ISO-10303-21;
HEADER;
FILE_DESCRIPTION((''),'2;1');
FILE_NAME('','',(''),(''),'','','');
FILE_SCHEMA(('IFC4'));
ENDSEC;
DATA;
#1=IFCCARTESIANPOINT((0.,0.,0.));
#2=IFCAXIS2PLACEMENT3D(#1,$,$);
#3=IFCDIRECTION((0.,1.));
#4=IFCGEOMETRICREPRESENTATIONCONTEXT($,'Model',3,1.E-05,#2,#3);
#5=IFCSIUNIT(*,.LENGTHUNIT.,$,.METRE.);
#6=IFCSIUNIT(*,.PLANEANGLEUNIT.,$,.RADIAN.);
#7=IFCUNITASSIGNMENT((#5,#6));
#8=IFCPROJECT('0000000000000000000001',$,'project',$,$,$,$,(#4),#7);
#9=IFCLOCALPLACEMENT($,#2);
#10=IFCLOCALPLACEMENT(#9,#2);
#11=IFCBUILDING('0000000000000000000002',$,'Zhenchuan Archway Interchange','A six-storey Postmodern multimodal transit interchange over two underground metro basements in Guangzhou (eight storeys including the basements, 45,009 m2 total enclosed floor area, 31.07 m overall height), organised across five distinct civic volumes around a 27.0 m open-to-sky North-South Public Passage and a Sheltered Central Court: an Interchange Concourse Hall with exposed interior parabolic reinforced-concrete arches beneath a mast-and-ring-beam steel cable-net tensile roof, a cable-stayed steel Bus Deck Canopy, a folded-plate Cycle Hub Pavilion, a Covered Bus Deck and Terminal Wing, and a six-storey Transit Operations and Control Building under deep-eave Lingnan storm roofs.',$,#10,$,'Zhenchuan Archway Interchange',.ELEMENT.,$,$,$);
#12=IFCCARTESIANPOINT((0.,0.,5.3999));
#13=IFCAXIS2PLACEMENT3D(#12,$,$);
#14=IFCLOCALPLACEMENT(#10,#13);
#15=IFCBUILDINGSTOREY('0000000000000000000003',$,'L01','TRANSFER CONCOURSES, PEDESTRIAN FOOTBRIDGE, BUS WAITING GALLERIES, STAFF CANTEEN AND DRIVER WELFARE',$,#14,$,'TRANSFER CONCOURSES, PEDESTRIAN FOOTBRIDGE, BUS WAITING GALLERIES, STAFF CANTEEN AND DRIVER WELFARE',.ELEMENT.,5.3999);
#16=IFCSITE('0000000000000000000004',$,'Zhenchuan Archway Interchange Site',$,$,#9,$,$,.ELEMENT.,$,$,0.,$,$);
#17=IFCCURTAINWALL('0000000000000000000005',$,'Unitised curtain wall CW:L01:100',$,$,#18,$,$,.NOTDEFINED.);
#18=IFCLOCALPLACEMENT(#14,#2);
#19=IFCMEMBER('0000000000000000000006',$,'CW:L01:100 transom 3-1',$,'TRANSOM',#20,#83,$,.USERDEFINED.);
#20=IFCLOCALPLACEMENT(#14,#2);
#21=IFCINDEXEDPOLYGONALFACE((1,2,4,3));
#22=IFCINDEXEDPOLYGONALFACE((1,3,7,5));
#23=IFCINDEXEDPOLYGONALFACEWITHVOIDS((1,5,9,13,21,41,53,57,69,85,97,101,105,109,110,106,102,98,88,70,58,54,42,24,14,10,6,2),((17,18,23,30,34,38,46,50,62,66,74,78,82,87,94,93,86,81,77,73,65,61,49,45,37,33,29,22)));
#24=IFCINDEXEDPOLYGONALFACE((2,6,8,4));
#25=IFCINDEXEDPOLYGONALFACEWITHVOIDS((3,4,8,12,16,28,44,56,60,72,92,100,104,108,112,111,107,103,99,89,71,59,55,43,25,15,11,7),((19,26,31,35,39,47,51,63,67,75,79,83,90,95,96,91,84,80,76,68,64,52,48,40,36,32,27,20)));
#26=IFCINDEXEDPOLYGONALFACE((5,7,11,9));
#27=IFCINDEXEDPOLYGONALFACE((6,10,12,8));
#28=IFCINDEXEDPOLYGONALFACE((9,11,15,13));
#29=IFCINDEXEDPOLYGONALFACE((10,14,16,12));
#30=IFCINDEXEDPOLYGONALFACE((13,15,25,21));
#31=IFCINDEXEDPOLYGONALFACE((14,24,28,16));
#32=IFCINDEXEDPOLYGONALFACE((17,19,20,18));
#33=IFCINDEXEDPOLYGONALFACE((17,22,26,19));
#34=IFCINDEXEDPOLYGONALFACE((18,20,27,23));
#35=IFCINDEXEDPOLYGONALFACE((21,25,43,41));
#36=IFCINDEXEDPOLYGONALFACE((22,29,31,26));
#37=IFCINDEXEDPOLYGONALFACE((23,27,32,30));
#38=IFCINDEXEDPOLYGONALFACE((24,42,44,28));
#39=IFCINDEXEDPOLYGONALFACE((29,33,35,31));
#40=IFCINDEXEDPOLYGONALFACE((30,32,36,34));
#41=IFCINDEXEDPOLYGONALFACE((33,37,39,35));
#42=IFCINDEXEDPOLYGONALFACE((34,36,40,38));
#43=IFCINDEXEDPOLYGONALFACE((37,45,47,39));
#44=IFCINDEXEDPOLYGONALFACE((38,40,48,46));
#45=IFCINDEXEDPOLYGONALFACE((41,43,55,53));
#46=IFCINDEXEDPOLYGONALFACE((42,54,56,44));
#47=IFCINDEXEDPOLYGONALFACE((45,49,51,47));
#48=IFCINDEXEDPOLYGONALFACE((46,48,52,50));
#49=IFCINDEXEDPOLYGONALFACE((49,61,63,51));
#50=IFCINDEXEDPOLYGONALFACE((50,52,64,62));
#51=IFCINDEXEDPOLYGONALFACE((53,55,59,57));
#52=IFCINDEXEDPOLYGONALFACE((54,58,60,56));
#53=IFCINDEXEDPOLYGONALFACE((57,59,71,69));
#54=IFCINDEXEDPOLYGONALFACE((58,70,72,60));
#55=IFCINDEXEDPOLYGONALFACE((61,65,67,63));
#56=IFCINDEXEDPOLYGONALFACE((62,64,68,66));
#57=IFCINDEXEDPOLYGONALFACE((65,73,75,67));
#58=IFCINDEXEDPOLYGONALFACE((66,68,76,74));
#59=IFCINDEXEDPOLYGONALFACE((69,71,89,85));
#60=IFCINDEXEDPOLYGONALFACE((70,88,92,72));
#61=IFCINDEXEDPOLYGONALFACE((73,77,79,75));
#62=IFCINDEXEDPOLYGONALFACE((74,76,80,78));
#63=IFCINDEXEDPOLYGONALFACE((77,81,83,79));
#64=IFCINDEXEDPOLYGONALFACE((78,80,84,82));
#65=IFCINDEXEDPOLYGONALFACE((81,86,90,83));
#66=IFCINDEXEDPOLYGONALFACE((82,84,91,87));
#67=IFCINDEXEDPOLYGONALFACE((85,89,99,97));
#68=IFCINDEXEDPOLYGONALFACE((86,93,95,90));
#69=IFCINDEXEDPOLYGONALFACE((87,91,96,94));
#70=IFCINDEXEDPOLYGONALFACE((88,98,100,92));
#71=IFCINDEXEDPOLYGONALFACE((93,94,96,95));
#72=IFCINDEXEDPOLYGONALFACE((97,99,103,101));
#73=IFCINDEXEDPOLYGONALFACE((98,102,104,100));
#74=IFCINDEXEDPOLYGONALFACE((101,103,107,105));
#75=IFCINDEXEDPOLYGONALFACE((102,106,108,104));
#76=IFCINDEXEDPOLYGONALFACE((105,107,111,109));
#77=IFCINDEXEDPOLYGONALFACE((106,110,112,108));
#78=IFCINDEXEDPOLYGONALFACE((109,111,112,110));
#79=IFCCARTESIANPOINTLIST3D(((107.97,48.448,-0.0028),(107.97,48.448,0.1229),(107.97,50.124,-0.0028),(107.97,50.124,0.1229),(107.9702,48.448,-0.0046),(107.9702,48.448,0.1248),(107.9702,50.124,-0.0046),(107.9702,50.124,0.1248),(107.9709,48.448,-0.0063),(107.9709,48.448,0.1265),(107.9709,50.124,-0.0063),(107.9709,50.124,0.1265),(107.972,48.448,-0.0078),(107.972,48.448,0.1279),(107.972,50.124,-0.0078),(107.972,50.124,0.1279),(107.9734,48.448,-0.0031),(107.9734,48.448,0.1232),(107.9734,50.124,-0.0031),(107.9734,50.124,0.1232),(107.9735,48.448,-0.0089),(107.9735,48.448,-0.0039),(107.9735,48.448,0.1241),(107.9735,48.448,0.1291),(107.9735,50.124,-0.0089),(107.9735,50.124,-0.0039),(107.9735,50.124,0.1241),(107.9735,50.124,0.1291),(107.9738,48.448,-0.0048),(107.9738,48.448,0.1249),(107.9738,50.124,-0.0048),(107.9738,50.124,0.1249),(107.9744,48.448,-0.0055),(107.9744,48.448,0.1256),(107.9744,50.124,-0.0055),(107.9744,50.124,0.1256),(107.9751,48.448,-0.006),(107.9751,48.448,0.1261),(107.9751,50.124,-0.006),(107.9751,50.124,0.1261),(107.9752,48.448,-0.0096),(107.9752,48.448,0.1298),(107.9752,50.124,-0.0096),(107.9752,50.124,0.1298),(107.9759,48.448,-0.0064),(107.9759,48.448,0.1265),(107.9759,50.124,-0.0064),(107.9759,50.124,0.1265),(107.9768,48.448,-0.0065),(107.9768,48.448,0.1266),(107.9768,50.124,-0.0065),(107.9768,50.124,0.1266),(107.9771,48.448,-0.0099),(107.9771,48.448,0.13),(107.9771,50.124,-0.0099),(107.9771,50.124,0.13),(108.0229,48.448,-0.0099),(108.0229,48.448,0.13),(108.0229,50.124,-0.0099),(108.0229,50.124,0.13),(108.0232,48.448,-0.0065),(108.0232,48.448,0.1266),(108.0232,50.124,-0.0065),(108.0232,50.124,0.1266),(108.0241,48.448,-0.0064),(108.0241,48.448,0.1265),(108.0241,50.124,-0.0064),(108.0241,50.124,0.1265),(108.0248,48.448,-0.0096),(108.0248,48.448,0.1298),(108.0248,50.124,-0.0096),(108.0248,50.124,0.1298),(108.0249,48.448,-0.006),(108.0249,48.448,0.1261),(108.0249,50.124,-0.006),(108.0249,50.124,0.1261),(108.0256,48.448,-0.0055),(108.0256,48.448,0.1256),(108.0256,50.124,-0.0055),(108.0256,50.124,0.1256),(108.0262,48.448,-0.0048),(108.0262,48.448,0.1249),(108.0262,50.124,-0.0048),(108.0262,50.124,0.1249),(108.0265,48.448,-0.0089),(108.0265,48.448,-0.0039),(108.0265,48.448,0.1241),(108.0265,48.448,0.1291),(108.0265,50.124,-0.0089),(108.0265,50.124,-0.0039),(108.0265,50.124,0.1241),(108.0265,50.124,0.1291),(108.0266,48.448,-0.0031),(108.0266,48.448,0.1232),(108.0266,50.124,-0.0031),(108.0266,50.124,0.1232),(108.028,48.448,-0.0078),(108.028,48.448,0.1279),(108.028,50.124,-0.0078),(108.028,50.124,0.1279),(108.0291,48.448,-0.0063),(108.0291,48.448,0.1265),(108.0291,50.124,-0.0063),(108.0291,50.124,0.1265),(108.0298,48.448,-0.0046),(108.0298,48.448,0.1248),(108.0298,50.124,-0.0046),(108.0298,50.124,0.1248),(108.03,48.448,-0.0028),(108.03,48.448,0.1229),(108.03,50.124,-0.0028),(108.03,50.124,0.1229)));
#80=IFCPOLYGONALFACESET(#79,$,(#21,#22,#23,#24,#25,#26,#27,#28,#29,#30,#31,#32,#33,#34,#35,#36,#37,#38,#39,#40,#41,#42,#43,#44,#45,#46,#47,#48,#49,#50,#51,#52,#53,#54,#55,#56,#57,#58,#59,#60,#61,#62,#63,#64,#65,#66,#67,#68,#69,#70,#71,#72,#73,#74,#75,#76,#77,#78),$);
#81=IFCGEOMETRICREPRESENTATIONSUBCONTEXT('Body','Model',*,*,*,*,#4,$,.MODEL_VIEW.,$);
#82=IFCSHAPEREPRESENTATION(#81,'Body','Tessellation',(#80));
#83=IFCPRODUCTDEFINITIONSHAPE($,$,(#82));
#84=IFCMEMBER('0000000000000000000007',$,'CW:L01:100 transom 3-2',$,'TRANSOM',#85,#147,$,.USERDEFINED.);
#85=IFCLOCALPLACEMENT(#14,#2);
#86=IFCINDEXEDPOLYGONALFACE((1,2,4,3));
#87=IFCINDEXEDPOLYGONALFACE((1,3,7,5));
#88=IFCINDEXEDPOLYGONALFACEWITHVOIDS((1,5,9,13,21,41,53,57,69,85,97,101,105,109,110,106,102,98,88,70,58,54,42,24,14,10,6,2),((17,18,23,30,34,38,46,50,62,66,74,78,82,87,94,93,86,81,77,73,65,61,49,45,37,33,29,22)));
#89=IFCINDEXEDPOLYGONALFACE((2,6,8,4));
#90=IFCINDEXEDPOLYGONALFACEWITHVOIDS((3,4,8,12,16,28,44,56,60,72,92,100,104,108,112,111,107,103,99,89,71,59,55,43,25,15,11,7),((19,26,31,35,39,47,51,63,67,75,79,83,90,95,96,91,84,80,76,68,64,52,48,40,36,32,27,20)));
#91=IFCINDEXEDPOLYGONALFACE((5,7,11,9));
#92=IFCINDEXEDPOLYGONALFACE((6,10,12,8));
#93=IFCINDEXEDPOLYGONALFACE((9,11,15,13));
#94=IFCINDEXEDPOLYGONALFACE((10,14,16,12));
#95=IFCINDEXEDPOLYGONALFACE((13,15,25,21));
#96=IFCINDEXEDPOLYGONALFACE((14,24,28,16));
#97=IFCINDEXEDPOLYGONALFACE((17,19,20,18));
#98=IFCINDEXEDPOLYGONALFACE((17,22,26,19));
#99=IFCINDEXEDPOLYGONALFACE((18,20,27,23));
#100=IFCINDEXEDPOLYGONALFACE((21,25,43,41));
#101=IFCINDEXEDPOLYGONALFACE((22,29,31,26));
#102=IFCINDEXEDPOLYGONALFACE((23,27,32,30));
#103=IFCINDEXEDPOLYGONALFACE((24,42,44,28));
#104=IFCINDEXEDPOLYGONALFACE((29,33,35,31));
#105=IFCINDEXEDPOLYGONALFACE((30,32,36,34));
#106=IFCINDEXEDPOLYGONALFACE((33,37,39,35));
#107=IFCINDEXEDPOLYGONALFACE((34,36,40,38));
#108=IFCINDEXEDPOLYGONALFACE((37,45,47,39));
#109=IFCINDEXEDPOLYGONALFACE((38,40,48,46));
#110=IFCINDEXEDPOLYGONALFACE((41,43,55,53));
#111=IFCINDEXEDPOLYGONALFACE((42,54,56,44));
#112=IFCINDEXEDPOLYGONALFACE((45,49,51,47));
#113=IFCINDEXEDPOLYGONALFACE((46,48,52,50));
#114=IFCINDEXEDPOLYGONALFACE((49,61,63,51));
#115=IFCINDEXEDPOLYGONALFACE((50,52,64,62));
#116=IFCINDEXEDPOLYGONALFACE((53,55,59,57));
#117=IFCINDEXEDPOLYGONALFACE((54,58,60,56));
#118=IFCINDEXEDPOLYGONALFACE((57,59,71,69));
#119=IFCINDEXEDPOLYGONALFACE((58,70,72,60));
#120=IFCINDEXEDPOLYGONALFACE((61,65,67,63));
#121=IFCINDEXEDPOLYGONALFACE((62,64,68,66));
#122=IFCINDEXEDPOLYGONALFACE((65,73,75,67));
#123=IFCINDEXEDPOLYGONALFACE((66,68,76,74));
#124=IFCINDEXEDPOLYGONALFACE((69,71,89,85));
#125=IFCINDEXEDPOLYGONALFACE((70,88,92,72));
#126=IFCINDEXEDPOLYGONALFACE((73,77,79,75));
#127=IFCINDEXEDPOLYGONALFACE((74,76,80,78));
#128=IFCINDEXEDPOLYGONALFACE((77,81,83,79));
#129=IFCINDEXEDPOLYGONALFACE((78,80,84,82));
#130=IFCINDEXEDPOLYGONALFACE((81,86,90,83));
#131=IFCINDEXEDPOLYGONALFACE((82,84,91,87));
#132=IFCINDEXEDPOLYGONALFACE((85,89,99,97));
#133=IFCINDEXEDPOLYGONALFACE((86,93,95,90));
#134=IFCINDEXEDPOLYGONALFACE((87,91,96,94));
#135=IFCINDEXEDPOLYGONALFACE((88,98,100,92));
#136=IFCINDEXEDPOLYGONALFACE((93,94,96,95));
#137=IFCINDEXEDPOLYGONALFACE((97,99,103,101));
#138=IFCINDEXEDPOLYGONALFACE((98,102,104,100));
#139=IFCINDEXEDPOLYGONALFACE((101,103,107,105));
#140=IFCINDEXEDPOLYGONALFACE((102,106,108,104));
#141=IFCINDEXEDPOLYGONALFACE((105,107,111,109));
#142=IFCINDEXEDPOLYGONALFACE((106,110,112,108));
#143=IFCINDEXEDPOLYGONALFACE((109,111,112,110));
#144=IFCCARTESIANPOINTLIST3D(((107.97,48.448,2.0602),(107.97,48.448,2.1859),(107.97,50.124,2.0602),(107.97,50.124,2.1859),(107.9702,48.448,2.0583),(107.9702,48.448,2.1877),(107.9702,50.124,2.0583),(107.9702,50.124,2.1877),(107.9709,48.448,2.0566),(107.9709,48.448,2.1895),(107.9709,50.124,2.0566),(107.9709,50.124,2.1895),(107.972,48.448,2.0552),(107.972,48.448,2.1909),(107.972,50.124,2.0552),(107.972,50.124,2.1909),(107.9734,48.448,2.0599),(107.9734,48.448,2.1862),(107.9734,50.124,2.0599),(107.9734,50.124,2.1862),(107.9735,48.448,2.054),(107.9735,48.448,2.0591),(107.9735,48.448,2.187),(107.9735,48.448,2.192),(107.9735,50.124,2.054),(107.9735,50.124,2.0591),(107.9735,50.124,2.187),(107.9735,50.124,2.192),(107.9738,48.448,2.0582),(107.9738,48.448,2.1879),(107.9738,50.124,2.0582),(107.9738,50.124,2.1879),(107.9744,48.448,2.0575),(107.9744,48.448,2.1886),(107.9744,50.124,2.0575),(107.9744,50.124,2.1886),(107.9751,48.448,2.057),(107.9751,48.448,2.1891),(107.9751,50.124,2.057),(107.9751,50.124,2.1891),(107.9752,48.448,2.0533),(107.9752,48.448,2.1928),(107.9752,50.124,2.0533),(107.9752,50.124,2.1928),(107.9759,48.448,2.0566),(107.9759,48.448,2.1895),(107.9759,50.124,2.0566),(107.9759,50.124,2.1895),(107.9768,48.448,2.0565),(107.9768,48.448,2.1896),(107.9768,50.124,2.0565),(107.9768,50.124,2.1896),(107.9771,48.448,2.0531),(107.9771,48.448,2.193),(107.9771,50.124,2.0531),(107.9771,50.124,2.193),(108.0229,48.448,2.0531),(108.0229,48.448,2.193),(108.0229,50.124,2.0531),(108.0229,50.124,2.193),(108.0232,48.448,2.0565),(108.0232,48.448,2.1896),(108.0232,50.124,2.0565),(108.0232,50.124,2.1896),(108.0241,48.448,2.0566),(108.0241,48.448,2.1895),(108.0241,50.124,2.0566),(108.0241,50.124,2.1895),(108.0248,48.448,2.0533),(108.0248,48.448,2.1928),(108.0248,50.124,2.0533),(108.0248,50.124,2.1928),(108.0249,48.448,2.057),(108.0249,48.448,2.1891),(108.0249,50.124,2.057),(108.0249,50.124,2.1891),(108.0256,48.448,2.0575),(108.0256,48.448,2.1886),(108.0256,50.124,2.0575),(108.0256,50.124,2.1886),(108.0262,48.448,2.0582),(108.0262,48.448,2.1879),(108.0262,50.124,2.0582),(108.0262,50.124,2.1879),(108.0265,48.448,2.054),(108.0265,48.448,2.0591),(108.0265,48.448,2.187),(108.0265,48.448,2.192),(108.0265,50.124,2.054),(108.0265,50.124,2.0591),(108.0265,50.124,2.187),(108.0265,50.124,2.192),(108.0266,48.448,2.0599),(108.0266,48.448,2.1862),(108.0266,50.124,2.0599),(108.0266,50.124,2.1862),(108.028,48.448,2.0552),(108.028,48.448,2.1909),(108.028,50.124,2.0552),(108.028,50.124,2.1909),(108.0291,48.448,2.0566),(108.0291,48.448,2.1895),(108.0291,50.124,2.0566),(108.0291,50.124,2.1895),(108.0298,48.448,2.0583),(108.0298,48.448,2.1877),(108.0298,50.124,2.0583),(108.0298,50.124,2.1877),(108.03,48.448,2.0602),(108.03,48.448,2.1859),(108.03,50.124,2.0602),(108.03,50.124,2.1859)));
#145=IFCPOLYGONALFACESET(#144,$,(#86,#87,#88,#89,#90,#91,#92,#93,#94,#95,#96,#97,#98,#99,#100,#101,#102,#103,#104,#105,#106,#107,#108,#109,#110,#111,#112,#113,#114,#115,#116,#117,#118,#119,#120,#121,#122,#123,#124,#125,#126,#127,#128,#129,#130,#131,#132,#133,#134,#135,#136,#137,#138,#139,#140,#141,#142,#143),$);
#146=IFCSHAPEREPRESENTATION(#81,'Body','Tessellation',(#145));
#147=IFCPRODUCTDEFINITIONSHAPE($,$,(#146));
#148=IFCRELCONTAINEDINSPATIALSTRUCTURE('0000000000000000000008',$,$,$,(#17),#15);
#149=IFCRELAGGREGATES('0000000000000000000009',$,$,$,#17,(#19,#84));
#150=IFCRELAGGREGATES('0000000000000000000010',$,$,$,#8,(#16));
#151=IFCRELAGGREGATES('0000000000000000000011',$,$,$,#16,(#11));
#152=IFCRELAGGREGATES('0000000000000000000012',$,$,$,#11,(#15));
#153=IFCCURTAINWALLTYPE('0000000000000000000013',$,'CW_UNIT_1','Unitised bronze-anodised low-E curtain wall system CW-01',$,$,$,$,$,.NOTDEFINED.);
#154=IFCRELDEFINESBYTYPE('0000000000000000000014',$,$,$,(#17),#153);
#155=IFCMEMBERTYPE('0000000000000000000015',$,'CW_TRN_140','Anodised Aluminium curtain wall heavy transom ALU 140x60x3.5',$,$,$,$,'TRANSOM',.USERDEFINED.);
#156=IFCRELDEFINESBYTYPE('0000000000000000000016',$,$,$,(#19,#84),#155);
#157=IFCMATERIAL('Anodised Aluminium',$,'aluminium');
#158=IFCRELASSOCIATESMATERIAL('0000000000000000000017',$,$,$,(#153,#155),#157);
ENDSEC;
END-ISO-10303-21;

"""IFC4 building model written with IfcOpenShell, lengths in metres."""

from ifc_helpers import new_model, si_unit, direction, frame, origin, origin_2d, place, context, subcontext, project, spatial, hollow_rectangle, extrude, material, material_profile, profile_set, type_object, element, aggregate, save


model = new_model("IFC4")

# Units and contexts
model_context = context("Model", 3, precision=1e-05, world=origin(), true_north=direction((0.0, 1.0)))
body_context = subcontext(model_context, "Body", "Model", "MODEL_VIEW")
ifc_project = project(units=[si_unit("LENGTHUNIT", "METRE"), si_unit("PLANEANGLEUNIT", "RADIAN")], contexts=[model_context])

# Site, building, storey
site_placement = place(None, origin())
site = spatial("IfcSite", under=ifc_project, at=site_placement, Name="Zhenchuan Archway Interchange Site", CompositionType="ELEMENT", RefElevation=0.0)
building_placement = place(site_placement, origin())
building = spatial("IfcBuilding", under=site, at=building_placement, Name="Zhenchuan Archway Interchange", Description="A six-storey Postmodern multimodal transit interchange over two underground metro basements in Guangzhou (eight storeys including the basements, 45,009 m2 total enclosed floor area, 31.07 m overall height), organised across five distinct civic volumes around a 27.0 m open-to-sky North-South Public Passage and a Sheltered Central Court: an Interchange Concourse Hall with exposed interior parabolic reinforced-concrete arches beneath a mast-and-ring-beam steel cable-net tensile roof, a cable-stayed steel Bus Deck Canopy, a folded-plate Cycle Hub Pavilion, a Covered Bus Deck and Terminal Wing, and a six-storey Transit Operations and Control Building under deep-eave Lingnan storm roofs.", LongName="Zhenchuan Archway Interchange", CompositionType="ELEMENT")
storey_placement = place(building_placement, frame((0.0, 0.0, 5.3999)))
storey = spatial("IfcBuildingStorey", under=building, at=storey_placement, Name="L01", Description="TRANSFER CONCOURSES, PEDESTRIAN FOOTBRIDGE, BUS WAITING GALLERIES, STAFF CANTEEN AND DRIVER WELFARE", LongName="TRANSFER CONCOURSES, PEDESTRIAN FOOTBRIDGE, BUS WAITING GALLERIES, STAFF CANTEEN AND DRIVER WELFARE", CompositionType="ELEMENT", Elevation=5.3999)

# Shared definitions
ifc_material_1 = material(Name="Anodised Aluminium", Category="aluminium")

# Curtain wall
curtain_wall_type_1 = type_object("IfcCurtainWallType", Name="CW_UNIT_1", Description="Unitised bronze-anodised low-E curtain wall system CW-01", PredefinedType="NOTDEFINED", material=ifc_material_1)
curtain_wall_1_placement = place(storey_placement, origin())
curtain_wall_1 = element("IfcCurtainWall", 1, at=curtain_wall_1_placement, inside=storey, type_object=curtain_wall_type_1, Name="Unitised curtain wall CW:L01:100", PredefinedType="NOTDEFINED")

# Members
ifc_material_profile_1 = material_profile(ifc_material_1, hollow_rectangle(XDim=0.0601, YDim=0.1399, WallThickness=0.0034, InnerFilletRadius=0.0034, OuterFilletRadius=0.0071, at=origin_2d()), Name="ALU 140x60x3.5")
ifc_profile_set_1 = profile_set([ifc_material_profile_1], Name="Anodised Aluminium")
member_type_1 = type_object("IfcMemberType", Name="CW_TRN_140", Description="Anodised Aluminium curtain wall heavy transom ALU 140x60x3.5", ElementType="TRANSOM", PredefinedType="USERDEFINED", material=ifc_profile_set_1)
member_1_placement = place(storey_placement, frame((108.0, 50.124, 0.0601), z_axis=(0.0, -1.0, 0.0), x_axis=(1.0, 0.0, 0.0)))
member_1 = element("IfcMember", 2, at=member_1_placement, type_object=member_type_1, Name="CW:L01:100 transom 3-1", ObjectType="TRANSOM", PredefinedType="USERDEFINED", context=body_context, shape_type="SweptSolid", body=[
    extrude(hollow_rectangle(XDim=0.0601, YDim=0.1399, WallThickness=0.0034, InnerFilletRadius=0.0034, OuterFilletRadius=0.0071, at=origin_2d()), origin(), (0.0, 0.0, 1.0), 1.676),
])
member_2_placement = place(storey_placement, frame((108.0, 50.124, 2.123), z_axis=(0.0, -1.0, 0.0), x_axis=(1.0, 0.0, 0.0)))
member_2 = element("IfcMember", 3, at=member_2_placement, type_object=member_type_1, Name="CW:L01:100 transom 3-2", ObjectType="TRANSOM", PredefinedType="USERDEFINED", context=body_context, shape_type="SweptSolid", body=[
    extrude(hollow_rectangle(XDim=0.0601, YDim=0.1399, WallThickness=0.0034, InnerFilletRadius=0.0034, OuterFilletRadius=0.0071, at=origin_2d()), origin(), (0.0, 0.0, 1.0), 1.676),
])

aggregate(curtain_wall_1, [member_1, member_2])

save(model, "model.ifc")
